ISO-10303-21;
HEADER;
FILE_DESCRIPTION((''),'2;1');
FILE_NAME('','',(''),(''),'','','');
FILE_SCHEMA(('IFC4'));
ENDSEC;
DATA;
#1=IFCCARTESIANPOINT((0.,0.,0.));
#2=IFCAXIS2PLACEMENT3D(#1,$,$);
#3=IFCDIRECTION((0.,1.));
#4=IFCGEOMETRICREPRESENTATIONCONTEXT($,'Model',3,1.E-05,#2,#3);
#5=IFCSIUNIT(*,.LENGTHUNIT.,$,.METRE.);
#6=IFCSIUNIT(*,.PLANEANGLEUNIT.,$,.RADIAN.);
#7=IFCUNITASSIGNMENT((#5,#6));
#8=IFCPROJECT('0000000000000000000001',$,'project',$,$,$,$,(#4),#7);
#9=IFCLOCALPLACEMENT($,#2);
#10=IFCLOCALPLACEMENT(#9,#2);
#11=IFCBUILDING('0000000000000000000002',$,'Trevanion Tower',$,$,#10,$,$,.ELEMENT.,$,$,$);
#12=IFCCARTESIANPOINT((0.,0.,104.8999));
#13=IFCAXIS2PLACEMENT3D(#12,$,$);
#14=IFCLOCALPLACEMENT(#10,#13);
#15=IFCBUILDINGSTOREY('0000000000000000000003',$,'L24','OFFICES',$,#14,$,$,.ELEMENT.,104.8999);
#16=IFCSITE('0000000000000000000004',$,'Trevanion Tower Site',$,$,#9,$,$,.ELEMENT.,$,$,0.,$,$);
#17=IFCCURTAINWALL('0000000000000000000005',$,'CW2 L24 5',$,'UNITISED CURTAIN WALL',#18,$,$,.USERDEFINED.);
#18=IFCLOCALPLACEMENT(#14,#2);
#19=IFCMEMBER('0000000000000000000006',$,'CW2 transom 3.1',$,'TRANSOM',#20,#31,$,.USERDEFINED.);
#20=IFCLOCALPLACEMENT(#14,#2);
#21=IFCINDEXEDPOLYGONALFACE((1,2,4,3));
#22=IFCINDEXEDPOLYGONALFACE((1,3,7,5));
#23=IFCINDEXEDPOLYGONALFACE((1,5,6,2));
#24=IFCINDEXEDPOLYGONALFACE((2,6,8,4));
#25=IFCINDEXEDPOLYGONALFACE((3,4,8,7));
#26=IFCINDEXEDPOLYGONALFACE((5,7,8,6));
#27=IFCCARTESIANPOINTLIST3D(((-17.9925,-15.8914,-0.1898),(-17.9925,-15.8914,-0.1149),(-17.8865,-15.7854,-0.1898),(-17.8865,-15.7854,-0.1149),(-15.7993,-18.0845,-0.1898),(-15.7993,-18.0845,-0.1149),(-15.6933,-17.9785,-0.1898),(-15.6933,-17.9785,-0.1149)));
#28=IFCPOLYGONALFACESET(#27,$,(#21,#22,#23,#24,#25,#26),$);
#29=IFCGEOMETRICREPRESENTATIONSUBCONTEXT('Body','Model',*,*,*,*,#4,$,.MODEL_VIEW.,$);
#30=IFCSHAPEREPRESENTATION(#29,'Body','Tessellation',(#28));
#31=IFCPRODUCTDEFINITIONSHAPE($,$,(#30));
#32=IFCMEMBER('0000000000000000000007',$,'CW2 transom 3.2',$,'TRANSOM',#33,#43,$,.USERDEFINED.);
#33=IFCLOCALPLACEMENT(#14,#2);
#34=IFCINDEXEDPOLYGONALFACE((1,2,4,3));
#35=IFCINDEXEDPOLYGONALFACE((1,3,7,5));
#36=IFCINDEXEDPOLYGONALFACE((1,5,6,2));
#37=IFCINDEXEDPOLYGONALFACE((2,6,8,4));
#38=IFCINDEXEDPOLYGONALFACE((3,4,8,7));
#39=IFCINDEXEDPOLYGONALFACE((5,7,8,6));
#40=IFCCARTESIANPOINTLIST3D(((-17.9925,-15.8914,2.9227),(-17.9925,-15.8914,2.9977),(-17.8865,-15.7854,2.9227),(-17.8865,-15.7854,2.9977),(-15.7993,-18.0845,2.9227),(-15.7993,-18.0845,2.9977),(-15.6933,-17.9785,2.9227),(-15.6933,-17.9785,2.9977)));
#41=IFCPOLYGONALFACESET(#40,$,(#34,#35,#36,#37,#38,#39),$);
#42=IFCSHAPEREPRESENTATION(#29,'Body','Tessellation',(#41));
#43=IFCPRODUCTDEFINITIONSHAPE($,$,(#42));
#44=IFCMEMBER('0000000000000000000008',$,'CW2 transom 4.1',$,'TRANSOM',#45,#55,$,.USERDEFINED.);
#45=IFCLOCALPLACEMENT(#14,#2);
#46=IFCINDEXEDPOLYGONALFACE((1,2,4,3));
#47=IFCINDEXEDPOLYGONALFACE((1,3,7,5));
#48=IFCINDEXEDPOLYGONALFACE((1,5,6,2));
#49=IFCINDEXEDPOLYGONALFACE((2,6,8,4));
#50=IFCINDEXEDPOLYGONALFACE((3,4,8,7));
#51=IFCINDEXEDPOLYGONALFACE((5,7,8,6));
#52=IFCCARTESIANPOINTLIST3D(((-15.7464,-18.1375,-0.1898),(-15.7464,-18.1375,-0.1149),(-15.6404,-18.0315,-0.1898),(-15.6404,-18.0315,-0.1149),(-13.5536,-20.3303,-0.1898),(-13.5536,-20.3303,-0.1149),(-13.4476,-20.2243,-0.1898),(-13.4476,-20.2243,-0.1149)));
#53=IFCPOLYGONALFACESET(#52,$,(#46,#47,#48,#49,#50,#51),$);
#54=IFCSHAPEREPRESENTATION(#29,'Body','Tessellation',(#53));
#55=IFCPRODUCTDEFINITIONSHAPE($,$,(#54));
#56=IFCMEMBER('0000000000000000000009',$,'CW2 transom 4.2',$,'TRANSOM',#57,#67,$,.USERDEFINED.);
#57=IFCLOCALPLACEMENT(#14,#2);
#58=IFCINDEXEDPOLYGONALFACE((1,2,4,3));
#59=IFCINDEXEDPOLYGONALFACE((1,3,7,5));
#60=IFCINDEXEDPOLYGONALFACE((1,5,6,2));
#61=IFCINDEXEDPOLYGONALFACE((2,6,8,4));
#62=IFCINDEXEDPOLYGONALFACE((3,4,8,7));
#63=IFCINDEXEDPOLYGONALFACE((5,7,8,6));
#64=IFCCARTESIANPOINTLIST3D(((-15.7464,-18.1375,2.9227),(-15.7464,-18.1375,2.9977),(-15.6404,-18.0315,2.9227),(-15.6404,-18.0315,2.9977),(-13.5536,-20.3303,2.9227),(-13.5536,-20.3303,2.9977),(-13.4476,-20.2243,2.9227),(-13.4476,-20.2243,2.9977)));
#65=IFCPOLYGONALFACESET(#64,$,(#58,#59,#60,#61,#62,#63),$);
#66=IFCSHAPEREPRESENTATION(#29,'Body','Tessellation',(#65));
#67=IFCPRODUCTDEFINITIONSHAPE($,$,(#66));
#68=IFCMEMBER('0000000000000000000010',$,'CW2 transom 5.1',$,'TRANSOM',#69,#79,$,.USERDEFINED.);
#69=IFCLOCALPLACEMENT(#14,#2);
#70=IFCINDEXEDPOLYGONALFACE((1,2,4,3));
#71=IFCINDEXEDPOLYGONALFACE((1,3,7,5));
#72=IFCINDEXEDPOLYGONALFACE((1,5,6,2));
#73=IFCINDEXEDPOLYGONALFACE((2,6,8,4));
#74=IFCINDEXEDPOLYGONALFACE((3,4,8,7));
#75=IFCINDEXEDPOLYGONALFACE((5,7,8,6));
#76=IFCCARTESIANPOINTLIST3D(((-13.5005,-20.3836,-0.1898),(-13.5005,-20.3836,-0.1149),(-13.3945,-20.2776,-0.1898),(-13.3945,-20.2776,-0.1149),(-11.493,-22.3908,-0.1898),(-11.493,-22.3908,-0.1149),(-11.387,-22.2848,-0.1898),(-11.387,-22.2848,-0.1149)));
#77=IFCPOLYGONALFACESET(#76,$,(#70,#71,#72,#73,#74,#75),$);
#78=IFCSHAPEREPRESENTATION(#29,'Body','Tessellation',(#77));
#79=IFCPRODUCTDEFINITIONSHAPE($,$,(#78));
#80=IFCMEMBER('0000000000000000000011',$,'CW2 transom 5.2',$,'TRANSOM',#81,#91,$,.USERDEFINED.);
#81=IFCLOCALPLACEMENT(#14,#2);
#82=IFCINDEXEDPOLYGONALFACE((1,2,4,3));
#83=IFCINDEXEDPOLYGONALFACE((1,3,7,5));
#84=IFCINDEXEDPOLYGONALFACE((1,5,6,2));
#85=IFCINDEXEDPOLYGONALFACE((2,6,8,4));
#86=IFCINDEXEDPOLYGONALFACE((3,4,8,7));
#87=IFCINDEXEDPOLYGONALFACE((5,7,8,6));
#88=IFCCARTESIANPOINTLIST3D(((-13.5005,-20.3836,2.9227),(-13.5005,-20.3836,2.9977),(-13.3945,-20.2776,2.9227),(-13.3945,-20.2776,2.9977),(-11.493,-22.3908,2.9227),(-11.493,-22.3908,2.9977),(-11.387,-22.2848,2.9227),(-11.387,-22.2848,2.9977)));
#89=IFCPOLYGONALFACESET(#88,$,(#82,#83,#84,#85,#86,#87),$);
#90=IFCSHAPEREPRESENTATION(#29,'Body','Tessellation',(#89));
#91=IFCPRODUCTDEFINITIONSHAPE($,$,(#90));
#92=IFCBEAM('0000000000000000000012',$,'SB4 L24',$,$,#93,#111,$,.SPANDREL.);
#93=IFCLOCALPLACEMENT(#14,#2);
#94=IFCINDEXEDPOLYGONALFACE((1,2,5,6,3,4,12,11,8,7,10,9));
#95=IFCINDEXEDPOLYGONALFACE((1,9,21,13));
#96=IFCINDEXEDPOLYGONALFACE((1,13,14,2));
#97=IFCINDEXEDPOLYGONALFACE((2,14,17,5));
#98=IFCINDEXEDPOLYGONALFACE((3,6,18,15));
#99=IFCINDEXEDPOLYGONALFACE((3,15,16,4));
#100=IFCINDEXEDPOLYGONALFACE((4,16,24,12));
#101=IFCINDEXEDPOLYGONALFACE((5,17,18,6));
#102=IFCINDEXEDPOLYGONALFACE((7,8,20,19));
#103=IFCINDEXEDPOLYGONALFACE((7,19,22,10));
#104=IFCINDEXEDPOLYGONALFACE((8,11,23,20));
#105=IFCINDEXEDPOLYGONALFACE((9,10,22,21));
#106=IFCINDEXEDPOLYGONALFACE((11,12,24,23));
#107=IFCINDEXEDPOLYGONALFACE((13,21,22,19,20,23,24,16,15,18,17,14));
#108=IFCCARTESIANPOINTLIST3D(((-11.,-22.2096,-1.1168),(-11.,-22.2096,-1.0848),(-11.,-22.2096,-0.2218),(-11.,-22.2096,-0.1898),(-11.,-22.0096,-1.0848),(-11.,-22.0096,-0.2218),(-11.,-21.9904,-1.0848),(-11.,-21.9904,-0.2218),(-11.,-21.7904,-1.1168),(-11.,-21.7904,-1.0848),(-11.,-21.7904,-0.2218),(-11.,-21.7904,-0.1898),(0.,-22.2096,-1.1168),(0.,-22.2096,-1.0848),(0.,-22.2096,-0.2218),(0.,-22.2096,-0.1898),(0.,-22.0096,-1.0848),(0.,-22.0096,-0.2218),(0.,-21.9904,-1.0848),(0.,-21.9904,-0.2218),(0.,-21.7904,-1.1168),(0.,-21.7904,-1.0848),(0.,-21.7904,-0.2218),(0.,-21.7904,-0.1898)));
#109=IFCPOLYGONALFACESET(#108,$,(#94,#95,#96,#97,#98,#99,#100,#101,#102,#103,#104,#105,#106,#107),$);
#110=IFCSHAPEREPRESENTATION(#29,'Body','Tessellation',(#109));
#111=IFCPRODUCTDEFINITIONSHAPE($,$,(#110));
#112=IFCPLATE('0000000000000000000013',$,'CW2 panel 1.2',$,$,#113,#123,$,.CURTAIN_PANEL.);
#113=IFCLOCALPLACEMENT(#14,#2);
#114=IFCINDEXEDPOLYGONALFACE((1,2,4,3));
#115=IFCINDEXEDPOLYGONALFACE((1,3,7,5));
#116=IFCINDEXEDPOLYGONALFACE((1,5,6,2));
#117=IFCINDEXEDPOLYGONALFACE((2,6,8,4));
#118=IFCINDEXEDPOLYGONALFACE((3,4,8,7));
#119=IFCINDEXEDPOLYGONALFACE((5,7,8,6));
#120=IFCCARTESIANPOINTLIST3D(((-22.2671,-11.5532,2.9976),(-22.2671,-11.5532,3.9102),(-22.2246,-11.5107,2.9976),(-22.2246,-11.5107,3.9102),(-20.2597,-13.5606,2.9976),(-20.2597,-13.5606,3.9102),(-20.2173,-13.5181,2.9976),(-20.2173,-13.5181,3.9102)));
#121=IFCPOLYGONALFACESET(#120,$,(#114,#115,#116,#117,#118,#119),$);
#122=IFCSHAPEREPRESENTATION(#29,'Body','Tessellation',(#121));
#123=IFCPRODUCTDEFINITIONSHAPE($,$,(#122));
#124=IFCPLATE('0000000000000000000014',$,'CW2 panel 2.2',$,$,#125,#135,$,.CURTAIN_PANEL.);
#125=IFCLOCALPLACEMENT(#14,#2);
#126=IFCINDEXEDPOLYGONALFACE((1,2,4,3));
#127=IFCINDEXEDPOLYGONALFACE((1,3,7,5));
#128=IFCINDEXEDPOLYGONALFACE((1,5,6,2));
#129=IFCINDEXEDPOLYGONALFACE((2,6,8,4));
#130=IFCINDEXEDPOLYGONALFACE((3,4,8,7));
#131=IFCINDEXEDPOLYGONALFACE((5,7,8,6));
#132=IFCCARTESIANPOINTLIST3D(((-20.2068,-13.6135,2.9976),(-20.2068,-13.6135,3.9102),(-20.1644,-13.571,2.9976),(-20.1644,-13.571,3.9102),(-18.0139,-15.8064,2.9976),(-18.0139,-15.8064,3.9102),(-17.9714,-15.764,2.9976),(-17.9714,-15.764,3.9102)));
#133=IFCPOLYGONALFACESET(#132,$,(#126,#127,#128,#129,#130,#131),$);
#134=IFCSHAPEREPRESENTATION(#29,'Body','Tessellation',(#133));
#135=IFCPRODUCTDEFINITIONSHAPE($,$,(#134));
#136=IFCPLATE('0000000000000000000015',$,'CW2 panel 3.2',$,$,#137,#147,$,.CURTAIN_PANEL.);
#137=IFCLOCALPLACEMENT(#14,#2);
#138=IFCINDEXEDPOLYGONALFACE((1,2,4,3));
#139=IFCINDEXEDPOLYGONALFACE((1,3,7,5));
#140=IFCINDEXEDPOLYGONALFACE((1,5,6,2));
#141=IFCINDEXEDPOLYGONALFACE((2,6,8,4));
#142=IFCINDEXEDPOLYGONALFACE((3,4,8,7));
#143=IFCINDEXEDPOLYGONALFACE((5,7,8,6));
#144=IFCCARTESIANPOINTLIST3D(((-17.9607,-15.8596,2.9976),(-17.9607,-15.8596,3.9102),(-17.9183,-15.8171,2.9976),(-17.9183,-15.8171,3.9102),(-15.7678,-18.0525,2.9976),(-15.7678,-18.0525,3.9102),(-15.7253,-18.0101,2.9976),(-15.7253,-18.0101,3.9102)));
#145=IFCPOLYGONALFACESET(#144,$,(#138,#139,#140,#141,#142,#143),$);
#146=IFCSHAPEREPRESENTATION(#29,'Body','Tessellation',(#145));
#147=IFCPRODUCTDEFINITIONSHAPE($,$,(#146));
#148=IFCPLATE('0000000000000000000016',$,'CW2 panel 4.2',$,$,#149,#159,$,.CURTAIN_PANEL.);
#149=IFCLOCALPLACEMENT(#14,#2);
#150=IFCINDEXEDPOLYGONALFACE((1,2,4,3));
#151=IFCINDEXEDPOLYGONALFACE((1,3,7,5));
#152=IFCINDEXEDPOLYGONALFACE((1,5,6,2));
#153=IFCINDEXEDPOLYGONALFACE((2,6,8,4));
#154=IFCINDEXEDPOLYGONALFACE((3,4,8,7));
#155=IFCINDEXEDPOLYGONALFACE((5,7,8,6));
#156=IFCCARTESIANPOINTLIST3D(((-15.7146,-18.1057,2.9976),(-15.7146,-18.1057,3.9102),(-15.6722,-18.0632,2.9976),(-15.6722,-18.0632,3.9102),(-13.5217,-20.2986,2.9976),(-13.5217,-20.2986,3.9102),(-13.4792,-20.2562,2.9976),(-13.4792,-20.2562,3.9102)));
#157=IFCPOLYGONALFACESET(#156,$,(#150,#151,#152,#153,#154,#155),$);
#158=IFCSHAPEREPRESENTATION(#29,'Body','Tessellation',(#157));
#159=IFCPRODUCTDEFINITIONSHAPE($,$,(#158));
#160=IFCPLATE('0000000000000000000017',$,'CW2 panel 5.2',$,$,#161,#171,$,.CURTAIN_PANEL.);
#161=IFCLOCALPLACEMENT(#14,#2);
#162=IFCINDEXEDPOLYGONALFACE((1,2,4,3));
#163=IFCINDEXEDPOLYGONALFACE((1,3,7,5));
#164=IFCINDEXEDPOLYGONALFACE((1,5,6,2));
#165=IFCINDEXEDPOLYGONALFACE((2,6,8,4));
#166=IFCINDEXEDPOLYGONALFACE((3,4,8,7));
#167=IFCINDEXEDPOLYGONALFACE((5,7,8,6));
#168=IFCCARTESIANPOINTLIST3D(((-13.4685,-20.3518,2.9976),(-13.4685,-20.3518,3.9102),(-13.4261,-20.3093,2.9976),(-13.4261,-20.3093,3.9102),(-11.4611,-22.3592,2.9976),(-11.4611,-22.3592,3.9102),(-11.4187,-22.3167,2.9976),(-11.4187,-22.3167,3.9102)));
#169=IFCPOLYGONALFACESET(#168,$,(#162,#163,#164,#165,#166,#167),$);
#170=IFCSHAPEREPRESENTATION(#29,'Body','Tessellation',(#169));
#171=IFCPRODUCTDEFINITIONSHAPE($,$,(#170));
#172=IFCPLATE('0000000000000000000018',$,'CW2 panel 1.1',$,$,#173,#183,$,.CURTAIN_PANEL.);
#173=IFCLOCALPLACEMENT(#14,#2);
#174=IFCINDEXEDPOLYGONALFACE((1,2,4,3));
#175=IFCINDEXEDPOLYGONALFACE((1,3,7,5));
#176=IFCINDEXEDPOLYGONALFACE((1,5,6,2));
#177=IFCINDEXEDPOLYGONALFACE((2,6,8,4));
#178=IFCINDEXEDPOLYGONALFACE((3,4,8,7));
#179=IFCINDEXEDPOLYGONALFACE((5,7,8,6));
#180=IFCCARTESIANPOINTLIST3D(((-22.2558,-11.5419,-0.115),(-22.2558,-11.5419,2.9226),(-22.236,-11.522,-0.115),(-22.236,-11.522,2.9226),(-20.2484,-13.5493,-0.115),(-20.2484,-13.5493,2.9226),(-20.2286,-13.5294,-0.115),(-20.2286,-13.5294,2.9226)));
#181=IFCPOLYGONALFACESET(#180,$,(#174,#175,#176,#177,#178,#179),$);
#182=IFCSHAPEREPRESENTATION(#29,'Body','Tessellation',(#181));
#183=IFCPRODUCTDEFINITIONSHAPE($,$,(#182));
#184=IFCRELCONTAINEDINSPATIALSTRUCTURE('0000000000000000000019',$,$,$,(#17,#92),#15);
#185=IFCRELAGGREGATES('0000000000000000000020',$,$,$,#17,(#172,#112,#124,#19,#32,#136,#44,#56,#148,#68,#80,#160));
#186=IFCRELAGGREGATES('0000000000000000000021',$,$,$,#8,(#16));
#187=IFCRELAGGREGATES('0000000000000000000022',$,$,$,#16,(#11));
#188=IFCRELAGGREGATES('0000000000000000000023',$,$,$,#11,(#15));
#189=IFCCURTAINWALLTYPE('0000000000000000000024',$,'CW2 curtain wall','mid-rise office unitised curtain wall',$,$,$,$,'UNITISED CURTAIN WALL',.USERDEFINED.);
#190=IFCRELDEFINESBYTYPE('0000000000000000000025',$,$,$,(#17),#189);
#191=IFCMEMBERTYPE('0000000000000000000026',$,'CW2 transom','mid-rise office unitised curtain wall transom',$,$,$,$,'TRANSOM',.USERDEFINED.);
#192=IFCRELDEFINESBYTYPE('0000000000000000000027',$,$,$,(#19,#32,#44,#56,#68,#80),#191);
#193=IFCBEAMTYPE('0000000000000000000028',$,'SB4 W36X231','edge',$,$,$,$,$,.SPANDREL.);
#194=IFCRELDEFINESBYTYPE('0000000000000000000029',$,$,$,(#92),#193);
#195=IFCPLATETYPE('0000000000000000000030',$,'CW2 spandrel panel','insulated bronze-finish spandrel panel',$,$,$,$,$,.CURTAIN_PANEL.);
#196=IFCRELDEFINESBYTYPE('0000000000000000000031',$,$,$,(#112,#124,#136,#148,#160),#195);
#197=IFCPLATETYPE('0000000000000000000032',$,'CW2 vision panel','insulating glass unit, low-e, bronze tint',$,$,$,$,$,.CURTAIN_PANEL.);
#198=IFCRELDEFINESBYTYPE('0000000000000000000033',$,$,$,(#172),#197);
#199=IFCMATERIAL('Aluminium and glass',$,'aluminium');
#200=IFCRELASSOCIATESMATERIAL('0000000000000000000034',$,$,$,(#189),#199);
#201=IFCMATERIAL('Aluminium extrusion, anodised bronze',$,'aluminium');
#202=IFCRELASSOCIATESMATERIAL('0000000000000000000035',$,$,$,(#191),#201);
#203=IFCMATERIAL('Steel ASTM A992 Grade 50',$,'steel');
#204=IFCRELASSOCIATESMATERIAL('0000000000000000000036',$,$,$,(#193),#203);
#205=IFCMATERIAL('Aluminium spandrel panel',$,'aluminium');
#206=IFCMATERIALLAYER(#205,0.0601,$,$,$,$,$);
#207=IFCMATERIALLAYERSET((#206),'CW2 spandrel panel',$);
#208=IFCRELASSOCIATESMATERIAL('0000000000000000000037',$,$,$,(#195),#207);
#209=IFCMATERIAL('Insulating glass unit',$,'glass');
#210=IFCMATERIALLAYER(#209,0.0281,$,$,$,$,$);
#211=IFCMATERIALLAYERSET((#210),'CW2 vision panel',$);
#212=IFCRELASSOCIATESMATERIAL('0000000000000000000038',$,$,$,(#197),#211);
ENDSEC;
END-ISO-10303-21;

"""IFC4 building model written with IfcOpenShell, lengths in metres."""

from ifc_helpers import new_model, si_unit, direction, frame, origin, origin_2d, place, context, subcontext, project, spatial, rectangle, i_section, extrude, material, layer, layer_set, material_profile, profile_set, type_object, element, aggregate, save


model = new_model("IFC4")

# Units and contexts
model_context = context("Model", 3, precision=1e-05, world=origin(), true_north=direction((0.0, 1.0)))
body_context = subcontext(model_context, "Body", "Model", "MODEL_VIEW")
ifc_project = project(units=[si_unit("LENGTHUNIT", "METRE"), si_unit("PLANEANGLEUNIT", "RADIAN")], contexts=[model_context])

# Site, building, storey
site_placement = place(None, origin())
site = spatial("IfcSite", under=ifc_project, at=site_placement, Name="Trevanion Tower Site", CompositionType="ELEMENT", RefElevation=0.0)
building_placement = place(site_placement, origin())
building = spatial("IfcBuilding", under=site, at=building_placement, Name="Trevanion Tower", CompositionType="ELEMENT")
storey_placement = place(building_placement, frame((0.0, 0.0, 104.8999)))
storey = spatial("IfcBuildingStorey", under=building, at=storey_placement, Name="L24", Description="OFFICES", CompositionType="ELEMENT", Elevation=104.8999)

# Curtain wall
ifc_material_1 = material(Name="Aluminium and glass", Category="aluminium")
curtain_wall_type = type_object("IfcCurtainWallType", Name="CW2 curtain wall", Description="mid-rise office unitised curtain wall", ElementType="UNITISED CURTAIN WALL", PredefinedType="USERDEFINED", material=ifc_material_1)
curtain_wall_1_placement = place(storey_placement, origin())
curtain_wall_1 = element("IfcCurtainWall", 1, at=curtain_wall_1_placement, inside=storey, type_object=curtain_wall_type, Name="CW2 L24 5", ObjectType="UNITISED CURTAIN WALL", PredefinedType="USERDEFINED")

# Members
ifc_material_2 = material(Name="Aluminium extrusion, anodised bronze", Category="aluminium")
ifc_material_profile_1 = material_profile(ifc_material_2, rectangle(XDim=0.1499, YDim=0.075, at=origin_2d()), Name="CW2 transom")
ifc_profile_set_1 = profile_set([ifc_material_profile_1], Name="Aluminium extrusion, anodised bronze")
member_type_1 = type_object("IfcMemberType", Name="CW2 transom", Description="mid-rise office unitised curtain wall transom", ElementType="TRANSOM", PredefinedType="USERDEFINED", material=ifc_profile_set_1)
member_1_placement = place(storey_placement, frame((-17.9395, -15.8384, -0.1523), z_axis=(0.707107, -0.707107, 0.0), x_axis=(0.707107, 0.707107, 0.0)))
member_1 = element("IfcMember", 2, at=member_1_placement, type_object=member_type_1, Name="CW2 transom 3.1", ObjectType="TRANSOM", PredefinedType="USERDEFINED", context=body_context, shape_type="SweptSolid", body=[
    extrude(rectangle(XDim=0.1499, YDim=0.075, at=origin_2d()), origin(), (0.0, 0.0, 1.0), 3.1016),
])
member_2_placement = place(storey_placement, frame((-17.9395, -15.8384, 2.9602), z_axis=(0.707107, -0.707107, 0.0), x_axis=(0.707107, 0.707107, 0.0)))
member_2 = element("IfcMember", 3, at=member_2_placement, type_object=member_type_1, Name="CW2 transom 3.2", ObjectType="TRANSOM", PredefinedType="USERDEFINED", context=body_context, shape_type="SweptSolid", body=[
    extrude(rectangle(XDim=0.1499, YDim=0.075, at=origin_2d()), origin(), (0.0, 0.0, 1.0), 3.1016),
])
member_3_placement = place(storey_placement, frame((-15.6934, -18.0845, -0.1523), z_axis=(0.707107, -0.707107, 0.0), x_axis=(0.707107, 0.707107, 0.0)))
member_3 = element("IfcMember", 4, at=member_3_placement, type_object=member_type_1, Name="CW2 transom 4.1", ObjectType="TRANSOM", PredefinedType="USERDEFINED", context=body_context, shape_type="SweptSolid", body=[
    extrude(rectangle(XDim=0.1499, YDim=0.075, at=origin_2d()), origin(), (0.0, 0.0, 1.0), 3.1011),
])
member_4_placement = place(storey_placement, frame((-15.6934, -18.0845, 2.9602), z_axis=(0.707107, -0.707107, 0.0), x_axis=(0.707107, 0.707107, 0.0)))
member_4 = element("IfcMember", 5, at=member_4_placement, type_object=member_type_1, Name="CW2 transom 4.2", ObjectType="TRANSOM", PredefinedType="USERDEFINED", context=body_context, shape_type="SweptSolid", body=[
    extrude(rectangle(XDim=0.1499, YDim=0.075, at=origin_2d()), origin(), (0.0, 0.0, 1.0), 3.1011),
])
member_5_placement = place(storey_placement, frame((-13.4475, -20.3306, -0.1523), z_axis=(0.70715, -0.707064, 0.0), x_axis=(0.707064, 0.70715, 0.0)))
member_5 = element("IfcMember", 6, at=member_5_placement, type_object=member_type_1, Name="CW2 transom 5.1", ObjectType="TRANSOM", PredefinedType="USERDEFINED", context=body_context, shape_type="SweptSolid", body=[
    extrude(rectangle(XDim=0.1499, YDim=0.075, at=origin_2d()), origin(), (0.0, 0.0, 1.0), 2.8389),
])
member_6_placement = place(storey_placement, frame((-13.4475, -20.3306, 2.9602), z_axis=(0.70715, -0.707064, 0.0), x_axis=(0.707064, 0.70715, 0.0)))
member_6 = element("IfcMember", 7, at=member_6_placement, type_object=member_type_1, Name="CW2 transom 5.2", ObjectType="TRANSOM", PredefinedType="USERDEFINED", context=body_context, shape_type="SweptSolid", body=[
    extrude(rectangle(XDim=0.1499, YDim=0.075, at=origin_2d()), origin(), (0.0, 0.0, 1.0), 2.8389),
])

# Beam
ifc_material_3 = material(Name="Steel ASTM A992 Grade 50", Category="steel")
ifc_material_profile_2 = material_profile(ifc_material_3, i_section(OverallWidth=0.4192, OverallDepth=0.927, WebThickness=0.0193, FlangeThickness=0.032, at=origin_2d()), Name="W36X231")
ifc_profile_set_2 = profile_set([ifc_material_profile_2], Name="Steel ASTM A992 Grade 50")
beam_type_1 = type_object("IfcBeamType", Name="SB4 W36X231", Description="edge", PredefinedType="SPANDREL", material=ifc_profile_set_2)
beam_1_placement = place(storey_placement, frame((-11.0, -22.0, -0.6533), z_axis=(1.0, 0.0, 0.0), x_axis=(0.0, 1.0, 0.0)))
element("IfcBeam", 8, at=beam_1_placement, inside=storey, type_object=beam_type_1, Name="SB4 L24", PredefinedType="SPANDREL", context=body_context, shape_type="SweptSolid", body=[
    extrude(i_section(OverallWidth=0.4192, OverallDepth=0.927, WebThickness=0.0193, FlangeThickness=0.032, at=origin_2d()), origin(), (0.0, 0.0, 1.0), 11.0),
])

# Plates
ifc_material_4 = material(Name="Aluminium spandrel panel", Category="aluminium")
ifc_layer_1 = layer(ifc_material_4, 0.0601)
ifc_layer_set_1 = layer_set([ifc_layer_1], Name="CW2 spandrel panel")
plate_type_1 = type_object("IfcPlateType", Name="CW2 spandrel panel", Description="insulated bronze-finish spandrel panel", PredefinedType="CURTAIN_PANEL", material=ifc_layer_set_1)
plate_1_placement = place(storey_placement, frame((-21.2422, -12.5356, 2.9976), z_axis=(0.0, 0.0, 1.0), x_axis=(0.707107, -0.707107, 0.0)))
plate_1 = element("IfcPlate", 9, at=plate_1_placement, type_object=plate_type_1, Name="CW2 panel 1.2", PredefinedType="CURTAIN_PANEL", context=body_context, shape_type="SweptSolid", body=[
    extrude(rectangle(XDim=2.8389, YDim=0.0601, at=origin_2d()), origin(), (0.0, 0.0, 1.0), 0.9126),
])
plate_2_placement = place(storey_placement, frame((-19.0891, -14.6887, 2.9976), z_axis=(0.0, 0.0, 1.0), x_axis=(0.707107, -0.707107, 0.0)))
plate_2 = element("IfcPlate", 10, at=plate_2_placement, type_object=plate_type_1, Name="CW2 panel 2.2", PredefinedType="CURTAIN_PANEL", context=body_context, shape_type="SweptSolid", body=[
    extrude(rectangle(XDim=3.1013, YDim=0.0601, at=origin_2d()), origin(), (0.0, 0.0, 1.0), 0.9126),
])
plate_3_placement = place(storey_placement, frame((-16.843, -16.9348, 2.9976), z_axis=(0.0, 0.0, 1.0), x_axis=(0.707107, -0.707107, 0.0)))
plate_3 = element("IfcPlate", 11, at=plate_3_placement, type_object=plate_type_1, Name="CW2 panel 3.2", PredefinedType="CURTAIN_PANEL", context=body_context, shape_type="SweptSolid", body=[
    extrude(rectangle(XDim=3.1013, YDim=0.0601, at=origin_2d()), origin(), (0.0, 0.0, 1.0), 0.9126),
])
plate_4_placement = place(storey_placement, frame((-14.5969, -19.1809, 2.9976), z_axis=(0.0, 0.0, 1.0), x_axis=(0.707107, -0.707107, 0.0)))
plate_4 = element("IfcPlate", 12, at=plate_4_placement, type_object=plate_type_1, Name="CW2 panel 4.2", PredefinedType="CURTAIN_PANEL", context=body_context, shape_type="SweptSolid", body=[
    extrude(rectangle(XDim=3.1013, YDim=0.0601, at=origin_2d()), origin(), (0.0, 0.0, 1.0), 0.9126),
])
plate_5_placement = place(storey_placement, frame((-12.4436, -21.3342, 2.9976), z_axis=(0.0, 0.0, 1.0), x_axis=(0.707107, -0.707107, 0.0)))
plate_5 = element("IfcPlate", 13, at=plate_5_placement, type_object=plate_type_1, Name="CW2 panel 5.2", PredefinedType="CURTAIN_PANEL", context=body_context, shape_type="SweptSolid", body=[
    extrude(rectangle(XDim=2.8389, YDim=0.0601, at=origin_2d()), origin(), (0.0, 0.0, 1.0), 0.9126),
])
ifc_material_5 = material(Name="Insulating glass unit", Category="glass")
ifc_layer_2 = layer(ifc_material_5, 0.0281)
ifc_layer_set_2 = layer_set([ifc_layer_2], Name="CW2 vision panel")
plate_type_2 = type_object("IfcPlateType", Name="CW2 vision panel", Description="insulating glass unit, low-e, bronze tint", PredefinedType="CURTAIN_PANEL", material=ifc_layer_set_2)
plate_6_placement = place(storey_placement, frame((-21.2422, -12.5356, -0.115), z_axis=(0.0, 0.0, 1.0), x_axis=(0.707107, -0.707107, 0.0)))
plate_6 = element("IfcPlate", 14, at=plate_6_placement, type_object=plate_type_2, Name="CW2 panel 1.1", PredefinedType="CURTAIN_PANEL", context=body_context, shape_type="SweptSolid", body=[
    extrude(rectangle(XDim=2.8389, YDim=0.0281, at=origin_2d()), origin(), (0.0, 0.0, 1.0), 3.0376),
])
aggregate(curtain_wall_1, [plate_6, plate_1, plate_2, member_1, member_2, plate_3, member_3, member_4, plate_4, member_5, member_6, plate_5])

save(model, "model.ifc")
